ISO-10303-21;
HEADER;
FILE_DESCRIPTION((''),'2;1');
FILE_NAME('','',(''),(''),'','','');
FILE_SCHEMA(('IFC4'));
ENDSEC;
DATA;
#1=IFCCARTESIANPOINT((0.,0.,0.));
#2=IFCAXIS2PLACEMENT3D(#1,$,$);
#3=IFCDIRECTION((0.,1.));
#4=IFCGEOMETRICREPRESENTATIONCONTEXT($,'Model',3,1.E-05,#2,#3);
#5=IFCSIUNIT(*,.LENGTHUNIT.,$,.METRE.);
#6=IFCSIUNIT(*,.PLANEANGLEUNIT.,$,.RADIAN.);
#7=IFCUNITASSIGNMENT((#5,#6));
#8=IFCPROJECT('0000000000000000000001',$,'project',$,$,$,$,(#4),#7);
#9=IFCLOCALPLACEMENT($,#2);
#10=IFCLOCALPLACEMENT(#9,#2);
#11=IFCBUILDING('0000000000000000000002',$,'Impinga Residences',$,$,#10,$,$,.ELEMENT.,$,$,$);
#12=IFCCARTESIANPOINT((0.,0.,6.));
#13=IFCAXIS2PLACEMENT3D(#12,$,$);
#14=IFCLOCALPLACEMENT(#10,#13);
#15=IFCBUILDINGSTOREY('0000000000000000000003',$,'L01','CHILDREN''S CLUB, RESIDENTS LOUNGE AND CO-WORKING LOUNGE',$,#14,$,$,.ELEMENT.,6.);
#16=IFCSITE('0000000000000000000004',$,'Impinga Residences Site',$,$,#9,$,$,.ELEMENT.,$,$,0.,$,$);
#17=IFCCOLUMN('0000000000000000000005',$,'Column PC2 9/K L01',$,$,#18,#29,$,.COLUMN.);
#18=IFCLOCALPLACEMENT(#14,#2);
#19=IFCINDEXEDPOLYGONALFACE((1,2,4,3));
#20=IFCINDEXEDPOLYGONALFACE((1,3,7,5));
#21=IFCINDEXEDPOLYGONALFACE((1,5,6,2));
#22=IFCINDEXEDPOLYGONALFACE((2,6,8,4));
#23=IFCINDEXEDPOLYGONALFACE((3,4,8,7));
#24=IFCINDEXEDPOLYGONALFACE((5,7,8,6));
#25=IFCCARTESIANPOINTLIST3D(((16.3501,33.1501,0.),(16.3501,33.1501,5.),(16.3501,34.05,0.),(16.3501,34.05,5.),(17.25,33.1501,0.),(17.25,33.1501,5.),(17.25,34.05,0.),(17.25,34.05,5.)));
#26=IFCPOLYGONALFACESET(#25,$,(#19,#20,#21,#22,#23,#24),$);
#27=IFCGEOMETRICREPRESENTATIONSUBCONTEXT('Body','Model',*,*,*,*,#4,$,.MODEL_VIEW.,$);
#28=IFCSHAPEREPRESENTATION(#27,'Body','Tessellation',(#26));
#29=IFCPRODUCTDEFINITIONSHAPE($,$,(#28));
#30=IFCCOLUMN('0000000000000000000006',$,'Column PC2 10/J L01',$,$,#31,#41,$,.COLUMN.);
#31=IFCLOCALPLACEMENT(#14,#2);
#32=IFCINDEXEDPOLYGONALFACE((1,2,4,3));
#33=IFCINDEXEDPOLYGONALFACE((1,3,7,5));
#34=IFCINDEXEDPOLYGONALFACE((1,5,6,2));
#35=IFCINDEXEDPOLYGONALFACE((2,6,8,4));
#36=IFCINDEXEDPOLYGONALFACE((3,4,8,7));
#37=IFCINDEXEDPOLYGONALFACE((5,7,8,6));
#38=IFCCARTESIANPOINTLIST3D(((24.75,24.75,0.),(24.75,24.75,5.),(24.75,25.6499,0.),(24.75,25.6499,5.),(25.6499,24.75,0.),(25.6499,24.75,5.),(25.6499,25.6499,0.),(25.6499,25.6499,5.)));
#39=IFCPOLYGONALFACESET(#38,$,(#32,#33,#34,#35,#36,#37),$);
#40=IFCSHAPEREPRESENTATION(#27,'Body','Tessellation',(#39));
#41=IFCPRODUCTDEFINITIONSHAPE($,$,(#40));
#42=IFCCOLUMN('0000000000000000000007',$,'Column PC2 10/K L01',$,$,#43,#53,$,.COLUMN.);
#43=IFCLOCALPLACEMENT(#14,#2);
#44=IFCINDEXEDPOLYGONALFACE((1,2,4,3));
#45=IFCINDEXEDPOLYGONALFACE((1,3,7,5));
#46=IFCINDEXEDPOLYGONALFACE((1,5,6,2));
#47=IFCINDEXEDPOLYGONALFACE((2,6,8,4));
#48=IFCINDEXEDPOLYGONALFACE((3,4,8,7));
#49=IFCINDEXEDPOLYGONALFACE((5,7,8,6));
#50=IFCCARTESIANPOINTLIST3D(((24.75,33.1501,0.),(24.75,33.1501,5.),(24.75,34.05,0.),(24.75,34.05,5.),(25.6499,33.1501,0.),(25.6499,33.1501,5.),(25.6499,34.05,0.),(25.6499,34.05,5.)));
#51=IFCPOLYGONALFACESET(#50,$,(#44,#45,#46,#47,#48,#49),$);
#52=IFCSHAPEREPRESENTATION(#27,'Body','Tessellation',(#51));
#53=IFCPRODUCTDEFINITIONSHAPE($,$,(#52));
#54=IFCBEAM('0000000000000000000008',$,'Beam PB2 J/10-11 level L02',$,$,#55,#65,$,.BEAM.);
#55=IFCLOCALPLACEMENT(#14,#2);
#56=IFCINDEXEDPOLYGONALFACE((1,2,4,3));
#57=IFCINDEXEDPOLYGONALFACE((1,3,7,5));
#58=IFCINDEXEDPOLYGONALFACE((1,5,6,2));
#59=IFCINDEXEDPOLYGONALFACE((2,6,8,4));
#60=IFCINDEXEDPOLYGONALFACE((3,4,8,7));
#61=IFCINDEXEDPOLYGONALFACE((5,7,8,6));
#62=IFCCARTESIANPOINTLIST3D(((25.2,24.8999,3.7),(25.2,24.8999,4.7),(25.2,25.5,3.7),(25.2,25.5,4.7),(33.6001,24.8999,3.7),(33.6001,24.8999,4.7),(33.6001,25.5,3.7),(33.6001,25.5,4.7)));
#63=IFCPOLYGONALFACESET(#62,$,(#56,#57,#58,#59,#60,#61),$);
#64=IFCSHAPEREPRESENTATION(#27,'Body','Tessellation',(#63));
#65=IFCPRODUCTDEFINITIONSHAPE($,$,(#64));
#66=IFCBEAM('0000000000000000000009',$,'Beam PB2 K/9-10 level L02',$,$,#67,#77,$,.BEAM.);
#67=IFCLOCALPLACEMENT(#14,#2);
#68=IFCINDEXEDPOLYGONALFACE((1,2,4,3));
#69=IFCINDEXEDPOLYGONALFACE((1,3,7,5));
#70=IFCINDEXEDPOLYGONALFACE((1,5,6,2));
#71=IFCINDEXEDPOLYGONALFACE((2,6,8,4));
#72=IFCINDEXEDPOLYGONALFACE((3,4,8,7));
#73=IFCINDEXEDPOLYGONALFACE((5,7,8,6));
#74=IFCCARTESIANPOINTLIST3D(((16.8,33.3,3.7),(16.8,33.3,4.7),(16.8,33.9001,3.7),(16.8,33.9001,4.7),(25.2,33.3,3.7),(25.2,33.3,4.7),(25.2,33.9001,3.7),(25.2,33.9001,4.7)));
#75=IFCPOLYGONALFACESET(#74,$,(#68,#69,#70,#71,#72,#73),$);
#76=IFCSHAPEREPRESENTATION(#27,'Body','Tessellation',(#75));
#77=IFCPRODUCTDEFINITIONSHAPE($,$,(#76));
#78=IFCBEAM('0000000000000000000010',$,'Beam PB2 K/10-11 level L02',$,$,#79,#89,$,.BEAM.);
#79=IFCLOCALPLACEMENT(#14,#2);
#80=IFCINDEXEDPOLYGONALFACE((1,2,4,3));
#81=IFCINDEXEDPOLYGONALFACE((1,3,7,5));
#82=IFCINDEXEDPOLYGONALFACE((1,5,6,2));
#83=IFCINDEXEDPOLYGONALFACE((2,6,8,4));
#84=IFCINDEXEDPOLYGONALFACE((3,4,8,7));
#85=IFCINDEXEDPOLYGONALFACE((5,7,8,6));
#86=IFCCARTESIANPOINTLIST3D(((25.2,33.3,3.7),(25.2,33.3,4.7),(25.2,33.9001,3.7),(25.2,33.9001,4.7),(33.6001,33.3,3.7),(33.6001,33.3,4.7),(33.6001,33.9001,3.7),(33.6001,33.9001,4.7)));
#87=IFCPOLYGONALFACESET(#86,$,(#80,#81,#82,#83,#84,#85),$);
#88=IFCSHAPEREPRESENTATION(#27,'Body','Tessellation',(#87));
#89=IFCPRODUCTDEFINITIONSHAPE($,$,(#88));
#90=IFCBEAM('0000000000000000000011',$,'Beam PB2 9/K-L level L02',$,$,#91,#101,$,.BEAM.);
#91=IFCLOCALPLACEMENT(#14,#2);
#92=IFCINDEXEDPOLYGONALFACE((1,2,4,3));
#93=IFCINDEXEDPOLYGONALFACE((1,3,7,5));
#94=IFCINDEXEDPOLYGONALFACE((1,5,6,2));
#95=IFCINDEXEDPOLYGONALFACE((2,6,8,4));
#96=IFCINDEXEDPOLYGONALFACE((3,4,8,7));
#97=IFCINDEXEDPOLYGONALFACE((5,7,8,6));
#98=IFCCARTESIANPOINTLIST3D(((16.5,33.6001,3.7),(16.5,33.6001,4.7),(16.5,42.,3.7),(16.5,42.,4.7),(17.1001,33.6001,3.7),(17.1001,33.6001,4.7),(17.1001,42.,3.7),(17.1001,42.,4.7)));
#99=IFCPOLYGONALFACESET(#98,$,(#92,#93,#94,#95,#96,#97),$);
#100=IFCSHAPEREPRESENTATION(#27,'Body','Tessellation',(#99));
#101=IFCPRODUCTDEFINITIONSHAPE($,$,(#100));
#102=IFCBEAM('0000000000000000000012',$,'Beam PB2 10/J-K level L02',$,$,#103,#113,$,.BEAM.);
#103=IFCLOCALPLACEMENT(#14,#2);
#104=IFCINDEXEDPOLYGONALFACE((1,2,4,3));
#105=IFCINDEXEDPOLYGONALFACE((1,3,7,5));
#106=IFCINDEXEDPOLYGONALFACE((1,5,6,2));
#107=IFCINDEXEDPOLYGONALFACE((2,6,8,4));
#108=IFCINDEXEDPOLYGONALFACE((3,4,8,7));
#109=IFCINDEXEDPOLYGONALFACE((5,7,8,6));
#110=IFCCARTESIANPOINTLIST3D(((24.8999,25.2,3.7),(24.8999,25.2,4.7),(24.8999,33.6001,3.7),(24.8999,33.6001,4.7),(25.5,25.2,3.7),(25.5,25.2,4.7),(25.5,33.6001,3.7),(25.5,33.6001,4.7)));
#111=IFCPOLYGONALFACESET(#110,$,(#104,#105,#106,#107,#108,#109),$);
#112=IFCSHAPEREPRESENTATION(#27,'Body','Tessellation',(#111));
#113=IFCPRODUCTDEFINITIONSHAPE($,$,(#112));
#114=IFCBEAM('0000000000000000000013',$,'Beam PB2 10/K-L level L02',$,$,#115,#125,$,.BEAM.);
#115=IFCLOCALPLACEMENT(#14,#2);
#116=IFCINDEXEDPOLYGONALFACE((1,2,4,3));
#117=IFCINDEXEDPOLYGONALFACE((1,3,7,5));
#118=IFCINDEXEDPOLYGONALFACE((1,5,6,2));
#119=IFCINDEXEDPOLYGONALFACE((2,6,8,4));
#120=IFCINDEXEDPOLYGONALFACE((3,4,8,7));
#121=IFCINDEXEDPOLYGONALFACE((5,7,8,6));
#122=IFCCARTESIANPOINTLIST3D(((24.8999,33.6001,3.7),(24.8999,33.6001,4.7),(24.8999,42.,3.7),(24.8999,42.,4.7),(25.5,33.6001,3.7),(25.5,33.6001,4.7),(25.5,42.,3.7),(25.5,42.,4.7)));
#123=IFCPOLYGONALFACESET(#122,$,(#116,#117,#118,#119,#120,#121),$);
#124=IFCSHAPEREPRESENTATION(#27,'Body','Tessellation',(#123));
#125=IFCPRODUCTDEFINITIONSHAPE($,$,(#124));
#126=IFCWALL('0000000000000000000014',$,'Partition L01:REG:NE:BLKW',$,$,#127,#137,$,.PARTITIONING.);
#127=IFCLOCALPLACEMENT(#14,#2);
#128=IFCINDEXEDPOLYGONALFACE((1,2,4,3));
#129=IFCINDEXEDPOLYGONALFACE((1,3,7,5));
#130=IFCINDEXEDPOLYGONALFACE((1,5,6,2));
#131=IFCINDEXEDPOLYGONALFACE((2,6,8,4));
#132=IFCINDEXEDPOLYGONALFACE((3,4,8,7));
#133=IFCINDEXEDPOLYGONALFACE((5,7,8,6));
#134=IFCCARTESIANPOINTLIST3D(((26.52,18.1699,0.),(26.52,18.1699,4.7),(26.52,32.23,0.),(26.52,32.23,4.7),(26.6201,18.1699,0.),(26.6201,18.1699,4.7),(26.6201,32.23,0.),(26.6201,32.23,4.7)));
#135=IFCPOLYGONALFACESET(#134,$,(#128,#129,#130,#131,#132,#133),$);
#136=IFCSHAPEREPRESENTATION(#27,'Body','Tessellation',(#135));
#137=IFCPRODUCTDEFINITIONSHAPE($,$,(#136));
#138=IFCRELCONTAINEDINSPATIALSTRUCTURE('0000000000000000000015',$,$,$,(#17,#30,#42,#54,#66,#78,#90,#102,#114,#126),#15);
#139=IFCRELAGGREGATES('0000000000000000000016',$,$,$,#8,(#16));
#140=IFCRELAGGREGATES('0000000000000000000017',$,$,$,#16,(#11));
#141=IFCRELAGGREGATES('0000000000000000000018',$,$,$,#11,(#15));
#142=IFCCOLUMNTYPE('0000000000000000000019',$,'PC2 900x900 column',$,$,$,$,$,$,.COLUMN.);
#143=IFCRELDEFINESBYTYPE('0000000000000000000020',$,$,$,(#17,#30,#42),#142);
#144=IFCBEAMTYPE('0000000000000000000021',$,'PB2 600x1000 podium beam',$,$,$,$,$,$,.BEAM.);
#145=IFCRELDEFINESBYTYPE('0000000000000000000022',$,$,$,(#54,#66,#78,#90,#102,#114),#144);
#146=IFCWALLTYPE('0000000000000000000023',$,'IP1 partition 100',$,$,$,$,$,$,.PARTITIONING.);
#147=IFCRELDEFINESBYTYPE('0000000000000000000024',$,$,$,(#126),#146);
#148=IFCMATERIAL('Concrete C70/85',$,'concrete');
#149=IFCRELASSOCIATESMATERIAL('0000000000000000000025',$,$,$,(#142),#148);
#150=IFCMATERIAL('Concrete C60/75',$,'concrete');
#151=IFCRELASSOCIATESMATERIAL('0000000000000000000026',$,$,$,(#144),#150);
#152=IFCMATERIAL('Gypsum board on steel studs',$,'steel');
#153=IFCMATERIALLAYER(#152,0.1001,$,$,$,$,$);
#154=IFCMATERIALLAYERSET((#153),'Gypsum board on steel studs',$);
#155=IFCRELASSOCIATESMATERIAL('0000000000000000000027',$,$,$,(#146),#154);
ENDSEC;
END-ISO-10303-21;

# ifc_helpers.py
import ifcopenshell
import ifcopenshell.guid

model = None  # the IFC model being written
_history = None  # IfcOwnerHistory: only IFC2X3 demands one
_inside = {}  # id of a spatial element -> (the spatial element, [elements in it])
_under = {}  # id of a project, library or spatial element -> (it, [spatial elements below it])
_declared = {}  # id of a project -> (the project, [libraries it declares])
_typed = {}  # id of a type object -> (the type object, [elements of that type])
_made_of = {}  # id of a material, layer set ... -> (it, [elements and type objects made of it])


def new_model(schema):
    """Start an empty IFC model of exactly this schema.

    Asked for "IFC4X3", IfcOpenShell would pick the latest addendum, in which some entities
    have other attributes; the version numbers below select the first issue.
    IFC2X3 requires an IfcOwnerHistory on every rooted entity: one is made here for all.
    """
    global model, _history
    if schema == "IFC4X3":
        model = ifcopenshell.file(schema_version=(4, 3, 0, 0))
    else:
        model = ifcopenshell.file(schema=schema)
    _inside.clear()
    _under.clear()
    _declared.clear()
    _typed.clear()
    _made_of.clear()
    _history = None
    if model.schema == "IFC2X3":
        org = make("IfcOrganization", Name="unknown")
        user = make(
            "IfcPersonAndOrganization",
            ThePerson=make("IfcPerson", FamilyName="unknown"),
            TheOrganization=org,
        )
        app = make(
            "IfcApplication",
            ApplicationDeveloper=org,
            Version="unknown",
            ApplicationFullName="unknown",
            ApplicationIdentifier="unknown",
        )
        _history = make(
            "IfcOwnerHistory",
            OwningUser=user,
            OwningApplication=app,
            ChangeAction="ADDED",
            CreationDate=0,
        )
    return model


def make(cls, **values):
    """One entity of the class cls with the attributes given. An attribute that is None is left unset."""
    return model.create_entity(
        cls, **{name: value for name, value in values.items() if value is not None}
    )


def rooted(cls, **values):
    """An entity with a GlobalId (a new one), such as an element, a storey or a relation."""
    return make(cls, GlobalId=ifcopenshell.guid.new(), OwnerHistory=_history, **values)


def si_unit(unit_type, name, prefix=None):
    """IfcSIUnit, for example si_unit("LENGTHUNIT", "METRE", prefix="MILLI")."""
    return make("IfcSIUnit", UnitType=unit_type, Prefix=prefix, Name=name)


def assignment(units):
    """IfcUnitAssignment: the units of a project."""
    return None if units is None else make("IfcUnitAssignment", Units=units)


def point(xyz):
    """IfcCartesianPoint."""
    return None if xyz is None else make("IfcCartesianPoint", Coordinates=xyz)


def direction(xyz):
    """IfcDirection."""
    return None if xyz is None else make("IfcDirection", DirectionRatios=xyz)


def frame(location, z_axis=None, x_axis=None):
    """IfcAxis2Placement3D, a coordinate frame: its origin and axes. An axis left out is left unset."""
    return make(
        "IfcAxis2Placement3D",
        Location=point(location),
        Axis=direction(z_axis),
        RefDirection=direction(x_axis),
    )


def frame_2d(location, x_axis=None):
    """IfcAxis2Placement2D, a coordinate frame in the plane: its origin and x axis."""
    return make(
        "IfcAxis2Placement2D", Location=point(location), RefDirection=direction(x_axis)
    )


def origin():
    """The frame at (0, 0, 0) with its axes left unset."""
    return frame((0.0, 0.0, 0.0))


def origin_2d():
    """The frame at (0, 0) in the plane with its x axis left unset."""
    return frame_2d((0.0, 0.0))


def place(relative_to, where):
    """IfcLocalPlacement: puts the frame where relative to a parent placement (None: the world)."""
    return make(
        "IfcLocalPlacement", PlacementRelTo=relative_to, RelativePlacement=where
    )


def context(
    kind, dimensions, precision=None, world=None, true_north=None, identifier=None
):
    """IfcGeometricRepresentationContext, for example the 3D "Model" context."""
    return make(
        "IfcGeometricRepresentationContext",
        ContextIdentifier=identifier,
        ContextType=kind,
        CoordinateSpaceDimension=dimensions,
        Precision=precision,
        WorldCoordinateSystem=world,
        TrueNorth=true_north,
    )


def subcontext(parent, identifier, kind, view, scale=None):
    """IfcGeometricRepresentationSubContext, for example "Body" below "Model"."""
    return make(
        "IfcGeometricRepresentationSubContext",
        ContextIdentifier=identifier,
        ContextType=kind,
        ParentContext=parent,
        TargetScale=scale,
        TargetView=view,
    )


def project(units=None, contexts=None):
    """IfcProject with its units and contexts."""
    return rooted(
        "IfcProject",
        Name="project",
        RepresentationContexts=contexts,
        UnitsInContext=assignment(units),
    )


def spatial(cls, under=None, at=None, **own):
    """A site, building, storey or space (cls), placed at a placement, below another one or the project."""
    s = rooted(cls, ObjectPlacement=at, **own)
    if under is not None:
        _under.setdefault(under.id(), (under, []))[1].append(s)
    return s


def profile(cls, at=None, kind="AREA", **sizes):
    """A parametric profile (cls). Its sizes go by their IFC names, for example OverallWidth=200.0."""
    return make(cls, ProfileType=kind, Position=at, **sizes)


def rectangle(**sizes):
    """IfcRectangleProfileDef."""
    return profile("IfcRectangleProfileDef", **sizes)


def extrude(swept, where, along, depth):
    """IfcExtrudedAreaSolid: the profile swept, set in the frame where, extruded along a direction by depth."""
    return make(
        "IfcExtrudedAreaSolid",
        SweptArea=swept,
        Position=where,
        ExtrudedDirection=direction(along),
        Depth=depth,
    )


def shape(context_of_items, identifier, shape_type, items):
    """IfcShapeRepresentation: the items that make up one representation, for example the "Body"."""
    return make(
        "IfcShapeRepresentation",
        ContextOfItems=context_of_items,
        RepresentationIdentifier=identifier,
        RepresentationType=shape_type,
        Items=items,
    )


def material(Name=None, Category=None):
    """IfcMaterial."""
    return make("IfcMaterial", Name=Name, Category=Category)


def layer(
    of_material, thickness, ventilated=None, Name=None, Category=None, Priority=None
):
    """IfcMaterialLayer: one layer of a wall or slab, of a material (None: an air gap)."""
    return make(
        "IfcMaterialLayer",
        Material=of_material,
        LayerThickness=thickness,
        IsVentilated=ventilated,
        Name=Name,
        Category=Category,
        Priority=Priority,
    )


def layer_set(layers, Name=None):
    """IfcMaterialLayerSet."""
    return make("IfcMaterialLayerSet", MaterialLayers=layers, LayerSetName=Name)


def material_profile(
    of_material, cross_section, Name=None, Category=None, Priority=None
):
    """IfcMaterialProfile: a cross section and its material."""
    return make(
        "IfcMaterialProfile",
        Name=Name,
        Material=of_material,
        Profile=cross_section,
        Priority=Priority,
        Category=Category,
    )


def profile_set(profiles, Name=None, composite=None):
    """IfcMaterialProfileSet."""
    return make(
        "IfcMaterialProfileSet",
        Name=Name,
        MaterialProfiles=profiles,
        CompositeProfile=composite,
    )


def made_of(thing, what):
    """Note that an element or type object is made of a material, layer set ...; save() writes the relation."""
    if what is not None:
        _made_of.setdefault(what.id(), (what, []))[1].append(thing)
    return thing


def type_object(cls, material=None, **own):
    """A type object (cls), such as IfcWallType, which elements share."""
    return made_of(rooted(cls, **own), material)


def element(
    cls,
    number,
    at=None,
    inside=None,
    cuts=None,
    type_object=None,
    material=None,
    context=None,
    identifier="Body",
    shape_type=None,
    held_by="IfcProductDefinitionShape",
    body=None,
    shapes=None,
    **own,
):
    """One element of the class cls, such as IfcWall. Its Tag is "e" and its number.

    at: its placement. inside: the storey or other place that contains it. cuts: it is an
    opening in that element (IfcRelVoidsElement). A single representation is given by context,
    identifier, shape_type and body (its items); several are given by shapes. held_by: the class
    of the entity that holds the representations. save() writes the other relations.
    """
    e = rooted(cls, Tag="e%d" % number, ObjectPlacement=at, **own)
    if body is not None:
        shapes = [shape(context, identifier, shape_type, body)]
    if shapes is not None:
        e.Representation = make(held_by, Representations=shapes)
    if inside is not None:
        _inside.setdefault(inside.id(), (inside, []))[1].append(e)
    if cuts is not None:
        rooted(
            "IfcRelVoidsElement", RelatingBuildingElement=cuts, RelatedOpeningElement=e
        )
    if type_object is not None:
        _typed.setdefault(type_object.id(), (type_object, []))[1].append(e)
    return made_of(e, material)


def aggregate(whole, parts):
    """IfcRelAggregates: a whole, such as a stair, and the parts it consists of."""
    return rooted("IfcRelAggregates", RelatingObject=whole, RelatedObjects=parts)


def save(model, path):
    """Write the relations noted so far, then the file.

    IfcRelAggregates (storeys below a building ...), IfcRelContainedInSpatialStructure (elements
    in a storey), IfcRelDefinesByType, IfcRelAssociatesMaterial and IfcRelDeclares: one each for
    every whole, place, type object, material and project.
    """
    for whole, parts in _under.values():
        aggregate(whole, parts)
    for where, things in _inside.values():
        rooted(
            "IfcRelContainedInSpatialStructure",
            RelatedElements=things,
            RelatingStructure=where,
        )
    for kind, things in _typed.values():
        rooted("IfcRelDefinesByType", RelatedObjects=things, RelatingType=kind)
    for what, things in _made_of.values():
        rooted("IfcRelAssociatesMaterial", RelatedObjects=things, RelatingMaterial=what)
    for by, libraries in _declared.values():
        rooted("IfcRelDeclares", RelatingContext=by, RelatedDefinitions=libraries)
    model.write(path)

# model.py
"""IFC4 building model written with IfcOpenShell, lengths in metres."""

from ifc_helpers import new_model, si_unit, direction, frame, frame_2d, origin, origin_2d, place, context, subcontext, project, spatial, rectangle, extrude, material, layer, layer_set, material_profile, profile_set, type_object, element, save


model = new_model("IFC4")

# Units and contexts
model_context = context("Model", 3, precision=1e-05, world=origin(), true_north=direction((0.0, 1.0)))
body_context = subcontext(model_context, "Body", "Model", "MODEL_VIEW")
ifc_project = project(units=[si_unit("LENGTHUNIT", "METRE"), si_unit("PLANEANGLEUNIT", "RADIAN")], contexts=[model_context])

# Site, building, storey
site_placement = place(None, origin())
site = spatial("IfcSite", under=ifc_project, at=site_placement, Name="Impinga Residences Site", CompositionType="ELEMENT", RefElevation=0.0)
building_placement = place(site_placement, origin())
building = spatial("IfcBuilding", under=site, at=building_placement, Name="Impinga Residences", CompositionType="ELEMENT")
storey_placement = place(building_placement, frame((0.0, 0.0, 6.0)))
storey = spatial("IfcBuildingStorey", under=building, at=storey_placement, Name="L01", Description="CHILDREN'S CLUB, RESIDENTS LOUNGE AND CO-WORKING LOUNGE", CompositionType="ELEMENT", Elevation=6.0)

# Columns
ifc_material_1 = material(Name="Concrete C70/85", Category="concrete")
ifc_material_profile_1 = material_profile(ifc_material_1, rectangle(XDim=0.8999, YDim=0.8999, at=origin_2d()), Name="RC 900x900")
ifc_profile_set_1 = profile_set([ifc_material_profile_1], Name="Concrete C70/85")
column_type = type_object("IfcColumnType", Name="PC2 900x900 column", PredefinedType="COLUMN", material=ifc_profile_set_1)
for number, where, z_axis, x_axis, name in (
    (1, (16.8, 33.6001, 0.0), (0.0, 0.0, 1.0), (1.0, 0.0, 0.0), "Column PC2 9/K L01"),
    (2, (25.2, 25.2, 0.0), (0.0, 0.0, 1.0), (1.0, 0.0, 0.0), "Column PC2 10/J L01"),
    (3, (25.2, 33.6001, 0.0), (0.0, 0.0, 1.0), (1.0, 0.0, 0.0), "Column PC2 10/K L01"),
):
    element("IfcColumn", number, at=place(storey_placement, frame(where, z_axis=z_axis, x_axis=x_axis)), inside=storey, type_object=column_type, Name=name, PredefinedType="COLUMN", context=body_context, shape_type="SweptSolid", body=[
        extrude(rectangle(XDim=0.8999, YDim=0.8999, at=origin_2d()), origin(), (0.0, 0.0, 1.0), 5.0),
    ])

# Beams
ifc_material_2 = material(Name="Concrete C60/75", Category="concrete")
ifc_material_profile_2 = material_profile(ifc_material_2, rectangle(XDim=0.6001, YDim=1.0, at=origin_2d()), Name="RC 600x1000")
ifc_profile_set_2 = profile_set([ifc_material_profile_2], Name="Concrete C60/75")
beam_type = type_object("IfcBeamType", Name="PB2 600x1000 podium beam", PredefinedType="BEAM", material=ifc_profile_set_2)
beam_1_placement = place(storey_placement, frame((25.2, 25.2, 4.2), z_axis=(1.0, 0.0, 0.0), x_axis=(0.0, 1.0, 0.0)))
element("IfcBeam", 4, at=beam_1_placement, inside=storey, type_object=beam_type, Name="Beam PB2 J/10-11 level L02", PredefinedType="BEAM", context=body_context, shape_type="SweptSolid", body=[
    extrude(rectangle(XDim=0.6001, YDim=1.0, at=origin_2d()), origin(), (0.0, 0.0, 1.0), 8.4001),
])
beam_2_placement = place(storey_placement, frame((16.8, 33.6001, 4.2), z_axis=(1.0, 0.0, 0.0), x_axis=(0.0, 1.0, 0.0)))
element("IfcBeam", 5, at=beam_2_placement, inside=storey, type_object=beam_type, Name="Beam PB2 K/9-10 level L02", PredefinedType="BEAM", context=body_context, shape_type="SweptSolid", body=[
    extrude(rectangle(XDim=0.6001, YDim=1.0, at=origin_2d()), origin(), (0.0, 0.0, 1.0), 8.3999),
])
beam_3_placement = place(storey_placement, frame((25.2, 33.6001, 4.2), z_axis=(1.0, 0.0, 0.0), x_axis=(0.0, 1.0, 0.0)))
element("IfcBeam", 6, at=beam_3_placement, inside=storey, type_object=beam_type, Name="Beam PB2 K/10-11 level L02", PredefinedType="BEAM", context=body_context, shape_type="SweptSolid", body=[
    extrude(rectangle(XDim=0.6001, YDim=1.0, at=origin_2d()), origin(), (0.0, 0.0, 1.0), 8.4001),
])
beam_4_placement = place(storey_placement, frame((16.8, 33.6001, 4.2), z_axis=(0.0, 1.0, 0.0), x_axis=(-1.0, 0.0, 0.0)))
element("IfcBeam", 7, at=beam_4_placement, inside=storey, type_object=beam_type, Name="Beam PB2 9/K-L level L02", PredefinedType="BEAM", context=body_context, shape_type="SweptSolid", body=[
    extrude(rectangle(XDim=0.6001, YDim=1.0, at=origin_2d()), origin(), (0.0, 0.0, 1.0), 8.3999),
])
beam_5_placement = place(storey_placement, frame((25.2, 25.2, 4.2), z_axis=(0.0, 1.0, 0.0), x_axis=(-1.0, 0.0, 0.0)))
element("IfcBeam", 8, at=beam_5_placement, inside=storey, type_object=beam_type, Name="Beam PB2 10/J-K level L02", PredefinedType="BEAM", context=body_context, shape_type="SweptSolid", body=[
    extrude(rectangle(XDim=0.6001, YDim=1.0, at=origin_2d()), origin(), (0.0, 0.0, 1.0), 8.4001),
])
beam_6_placement = place(storey_placement, frame((25.2, 33.6001, 4.2), z_axis=(0.0, 1.0, 0.0), x_axis=(-1.0, 0.0, 0.0)))
element("IfcBeam", 9, at=beam_6_placement, inside=storey, type_object=beam_type, Name="Beam PB2 10/K-L level L02", PredefinedType="BEAM", context=body_context, shape_type="SweptSolid", body=[
    extrude(rectangle(XDim=0.6001, YDim=1.0, at=origin_2d()), origin(), (0.0, 0.0, 1.0), 8.3999),
])

# Wall
ifc_material_3 = material(Name="Gypsum board on steel studs", Category="steel")
ifc_layer = layer(ifc_material_3, 0.1001)
ifc_layer_set = layer_set([ifc_layer], Name="Gypsum board on steel studs")
wall_type = type_object("IfcWallType", Name="IP1 partition 100", PredefinedType="PARTITIONING", material=ifc_layer_set)
wall_1_placement = place(storey_placement, frame((26.5701, 32.23, 0.0), z_axis=(0.0, 0.0, 1.0), x_axis=(0.0, -1.0, 0.0)))
element("IfcWall", 10, at=wall_1_placement, inside=storey, type_object=wall_type, Name="Partition L01:REG:NE:BLKW", PredefinedType="PARTITIONING", context=body_context, shape_type="SweptSolid", body=[
    extrude(rectangle(XDim=14.0601, YDim=0.1001, at=frame_2d((7.03, 0.0))), origin(), (0.0, 0.0, 1.0), 4.7),
])

save(model, "model.ifc")
